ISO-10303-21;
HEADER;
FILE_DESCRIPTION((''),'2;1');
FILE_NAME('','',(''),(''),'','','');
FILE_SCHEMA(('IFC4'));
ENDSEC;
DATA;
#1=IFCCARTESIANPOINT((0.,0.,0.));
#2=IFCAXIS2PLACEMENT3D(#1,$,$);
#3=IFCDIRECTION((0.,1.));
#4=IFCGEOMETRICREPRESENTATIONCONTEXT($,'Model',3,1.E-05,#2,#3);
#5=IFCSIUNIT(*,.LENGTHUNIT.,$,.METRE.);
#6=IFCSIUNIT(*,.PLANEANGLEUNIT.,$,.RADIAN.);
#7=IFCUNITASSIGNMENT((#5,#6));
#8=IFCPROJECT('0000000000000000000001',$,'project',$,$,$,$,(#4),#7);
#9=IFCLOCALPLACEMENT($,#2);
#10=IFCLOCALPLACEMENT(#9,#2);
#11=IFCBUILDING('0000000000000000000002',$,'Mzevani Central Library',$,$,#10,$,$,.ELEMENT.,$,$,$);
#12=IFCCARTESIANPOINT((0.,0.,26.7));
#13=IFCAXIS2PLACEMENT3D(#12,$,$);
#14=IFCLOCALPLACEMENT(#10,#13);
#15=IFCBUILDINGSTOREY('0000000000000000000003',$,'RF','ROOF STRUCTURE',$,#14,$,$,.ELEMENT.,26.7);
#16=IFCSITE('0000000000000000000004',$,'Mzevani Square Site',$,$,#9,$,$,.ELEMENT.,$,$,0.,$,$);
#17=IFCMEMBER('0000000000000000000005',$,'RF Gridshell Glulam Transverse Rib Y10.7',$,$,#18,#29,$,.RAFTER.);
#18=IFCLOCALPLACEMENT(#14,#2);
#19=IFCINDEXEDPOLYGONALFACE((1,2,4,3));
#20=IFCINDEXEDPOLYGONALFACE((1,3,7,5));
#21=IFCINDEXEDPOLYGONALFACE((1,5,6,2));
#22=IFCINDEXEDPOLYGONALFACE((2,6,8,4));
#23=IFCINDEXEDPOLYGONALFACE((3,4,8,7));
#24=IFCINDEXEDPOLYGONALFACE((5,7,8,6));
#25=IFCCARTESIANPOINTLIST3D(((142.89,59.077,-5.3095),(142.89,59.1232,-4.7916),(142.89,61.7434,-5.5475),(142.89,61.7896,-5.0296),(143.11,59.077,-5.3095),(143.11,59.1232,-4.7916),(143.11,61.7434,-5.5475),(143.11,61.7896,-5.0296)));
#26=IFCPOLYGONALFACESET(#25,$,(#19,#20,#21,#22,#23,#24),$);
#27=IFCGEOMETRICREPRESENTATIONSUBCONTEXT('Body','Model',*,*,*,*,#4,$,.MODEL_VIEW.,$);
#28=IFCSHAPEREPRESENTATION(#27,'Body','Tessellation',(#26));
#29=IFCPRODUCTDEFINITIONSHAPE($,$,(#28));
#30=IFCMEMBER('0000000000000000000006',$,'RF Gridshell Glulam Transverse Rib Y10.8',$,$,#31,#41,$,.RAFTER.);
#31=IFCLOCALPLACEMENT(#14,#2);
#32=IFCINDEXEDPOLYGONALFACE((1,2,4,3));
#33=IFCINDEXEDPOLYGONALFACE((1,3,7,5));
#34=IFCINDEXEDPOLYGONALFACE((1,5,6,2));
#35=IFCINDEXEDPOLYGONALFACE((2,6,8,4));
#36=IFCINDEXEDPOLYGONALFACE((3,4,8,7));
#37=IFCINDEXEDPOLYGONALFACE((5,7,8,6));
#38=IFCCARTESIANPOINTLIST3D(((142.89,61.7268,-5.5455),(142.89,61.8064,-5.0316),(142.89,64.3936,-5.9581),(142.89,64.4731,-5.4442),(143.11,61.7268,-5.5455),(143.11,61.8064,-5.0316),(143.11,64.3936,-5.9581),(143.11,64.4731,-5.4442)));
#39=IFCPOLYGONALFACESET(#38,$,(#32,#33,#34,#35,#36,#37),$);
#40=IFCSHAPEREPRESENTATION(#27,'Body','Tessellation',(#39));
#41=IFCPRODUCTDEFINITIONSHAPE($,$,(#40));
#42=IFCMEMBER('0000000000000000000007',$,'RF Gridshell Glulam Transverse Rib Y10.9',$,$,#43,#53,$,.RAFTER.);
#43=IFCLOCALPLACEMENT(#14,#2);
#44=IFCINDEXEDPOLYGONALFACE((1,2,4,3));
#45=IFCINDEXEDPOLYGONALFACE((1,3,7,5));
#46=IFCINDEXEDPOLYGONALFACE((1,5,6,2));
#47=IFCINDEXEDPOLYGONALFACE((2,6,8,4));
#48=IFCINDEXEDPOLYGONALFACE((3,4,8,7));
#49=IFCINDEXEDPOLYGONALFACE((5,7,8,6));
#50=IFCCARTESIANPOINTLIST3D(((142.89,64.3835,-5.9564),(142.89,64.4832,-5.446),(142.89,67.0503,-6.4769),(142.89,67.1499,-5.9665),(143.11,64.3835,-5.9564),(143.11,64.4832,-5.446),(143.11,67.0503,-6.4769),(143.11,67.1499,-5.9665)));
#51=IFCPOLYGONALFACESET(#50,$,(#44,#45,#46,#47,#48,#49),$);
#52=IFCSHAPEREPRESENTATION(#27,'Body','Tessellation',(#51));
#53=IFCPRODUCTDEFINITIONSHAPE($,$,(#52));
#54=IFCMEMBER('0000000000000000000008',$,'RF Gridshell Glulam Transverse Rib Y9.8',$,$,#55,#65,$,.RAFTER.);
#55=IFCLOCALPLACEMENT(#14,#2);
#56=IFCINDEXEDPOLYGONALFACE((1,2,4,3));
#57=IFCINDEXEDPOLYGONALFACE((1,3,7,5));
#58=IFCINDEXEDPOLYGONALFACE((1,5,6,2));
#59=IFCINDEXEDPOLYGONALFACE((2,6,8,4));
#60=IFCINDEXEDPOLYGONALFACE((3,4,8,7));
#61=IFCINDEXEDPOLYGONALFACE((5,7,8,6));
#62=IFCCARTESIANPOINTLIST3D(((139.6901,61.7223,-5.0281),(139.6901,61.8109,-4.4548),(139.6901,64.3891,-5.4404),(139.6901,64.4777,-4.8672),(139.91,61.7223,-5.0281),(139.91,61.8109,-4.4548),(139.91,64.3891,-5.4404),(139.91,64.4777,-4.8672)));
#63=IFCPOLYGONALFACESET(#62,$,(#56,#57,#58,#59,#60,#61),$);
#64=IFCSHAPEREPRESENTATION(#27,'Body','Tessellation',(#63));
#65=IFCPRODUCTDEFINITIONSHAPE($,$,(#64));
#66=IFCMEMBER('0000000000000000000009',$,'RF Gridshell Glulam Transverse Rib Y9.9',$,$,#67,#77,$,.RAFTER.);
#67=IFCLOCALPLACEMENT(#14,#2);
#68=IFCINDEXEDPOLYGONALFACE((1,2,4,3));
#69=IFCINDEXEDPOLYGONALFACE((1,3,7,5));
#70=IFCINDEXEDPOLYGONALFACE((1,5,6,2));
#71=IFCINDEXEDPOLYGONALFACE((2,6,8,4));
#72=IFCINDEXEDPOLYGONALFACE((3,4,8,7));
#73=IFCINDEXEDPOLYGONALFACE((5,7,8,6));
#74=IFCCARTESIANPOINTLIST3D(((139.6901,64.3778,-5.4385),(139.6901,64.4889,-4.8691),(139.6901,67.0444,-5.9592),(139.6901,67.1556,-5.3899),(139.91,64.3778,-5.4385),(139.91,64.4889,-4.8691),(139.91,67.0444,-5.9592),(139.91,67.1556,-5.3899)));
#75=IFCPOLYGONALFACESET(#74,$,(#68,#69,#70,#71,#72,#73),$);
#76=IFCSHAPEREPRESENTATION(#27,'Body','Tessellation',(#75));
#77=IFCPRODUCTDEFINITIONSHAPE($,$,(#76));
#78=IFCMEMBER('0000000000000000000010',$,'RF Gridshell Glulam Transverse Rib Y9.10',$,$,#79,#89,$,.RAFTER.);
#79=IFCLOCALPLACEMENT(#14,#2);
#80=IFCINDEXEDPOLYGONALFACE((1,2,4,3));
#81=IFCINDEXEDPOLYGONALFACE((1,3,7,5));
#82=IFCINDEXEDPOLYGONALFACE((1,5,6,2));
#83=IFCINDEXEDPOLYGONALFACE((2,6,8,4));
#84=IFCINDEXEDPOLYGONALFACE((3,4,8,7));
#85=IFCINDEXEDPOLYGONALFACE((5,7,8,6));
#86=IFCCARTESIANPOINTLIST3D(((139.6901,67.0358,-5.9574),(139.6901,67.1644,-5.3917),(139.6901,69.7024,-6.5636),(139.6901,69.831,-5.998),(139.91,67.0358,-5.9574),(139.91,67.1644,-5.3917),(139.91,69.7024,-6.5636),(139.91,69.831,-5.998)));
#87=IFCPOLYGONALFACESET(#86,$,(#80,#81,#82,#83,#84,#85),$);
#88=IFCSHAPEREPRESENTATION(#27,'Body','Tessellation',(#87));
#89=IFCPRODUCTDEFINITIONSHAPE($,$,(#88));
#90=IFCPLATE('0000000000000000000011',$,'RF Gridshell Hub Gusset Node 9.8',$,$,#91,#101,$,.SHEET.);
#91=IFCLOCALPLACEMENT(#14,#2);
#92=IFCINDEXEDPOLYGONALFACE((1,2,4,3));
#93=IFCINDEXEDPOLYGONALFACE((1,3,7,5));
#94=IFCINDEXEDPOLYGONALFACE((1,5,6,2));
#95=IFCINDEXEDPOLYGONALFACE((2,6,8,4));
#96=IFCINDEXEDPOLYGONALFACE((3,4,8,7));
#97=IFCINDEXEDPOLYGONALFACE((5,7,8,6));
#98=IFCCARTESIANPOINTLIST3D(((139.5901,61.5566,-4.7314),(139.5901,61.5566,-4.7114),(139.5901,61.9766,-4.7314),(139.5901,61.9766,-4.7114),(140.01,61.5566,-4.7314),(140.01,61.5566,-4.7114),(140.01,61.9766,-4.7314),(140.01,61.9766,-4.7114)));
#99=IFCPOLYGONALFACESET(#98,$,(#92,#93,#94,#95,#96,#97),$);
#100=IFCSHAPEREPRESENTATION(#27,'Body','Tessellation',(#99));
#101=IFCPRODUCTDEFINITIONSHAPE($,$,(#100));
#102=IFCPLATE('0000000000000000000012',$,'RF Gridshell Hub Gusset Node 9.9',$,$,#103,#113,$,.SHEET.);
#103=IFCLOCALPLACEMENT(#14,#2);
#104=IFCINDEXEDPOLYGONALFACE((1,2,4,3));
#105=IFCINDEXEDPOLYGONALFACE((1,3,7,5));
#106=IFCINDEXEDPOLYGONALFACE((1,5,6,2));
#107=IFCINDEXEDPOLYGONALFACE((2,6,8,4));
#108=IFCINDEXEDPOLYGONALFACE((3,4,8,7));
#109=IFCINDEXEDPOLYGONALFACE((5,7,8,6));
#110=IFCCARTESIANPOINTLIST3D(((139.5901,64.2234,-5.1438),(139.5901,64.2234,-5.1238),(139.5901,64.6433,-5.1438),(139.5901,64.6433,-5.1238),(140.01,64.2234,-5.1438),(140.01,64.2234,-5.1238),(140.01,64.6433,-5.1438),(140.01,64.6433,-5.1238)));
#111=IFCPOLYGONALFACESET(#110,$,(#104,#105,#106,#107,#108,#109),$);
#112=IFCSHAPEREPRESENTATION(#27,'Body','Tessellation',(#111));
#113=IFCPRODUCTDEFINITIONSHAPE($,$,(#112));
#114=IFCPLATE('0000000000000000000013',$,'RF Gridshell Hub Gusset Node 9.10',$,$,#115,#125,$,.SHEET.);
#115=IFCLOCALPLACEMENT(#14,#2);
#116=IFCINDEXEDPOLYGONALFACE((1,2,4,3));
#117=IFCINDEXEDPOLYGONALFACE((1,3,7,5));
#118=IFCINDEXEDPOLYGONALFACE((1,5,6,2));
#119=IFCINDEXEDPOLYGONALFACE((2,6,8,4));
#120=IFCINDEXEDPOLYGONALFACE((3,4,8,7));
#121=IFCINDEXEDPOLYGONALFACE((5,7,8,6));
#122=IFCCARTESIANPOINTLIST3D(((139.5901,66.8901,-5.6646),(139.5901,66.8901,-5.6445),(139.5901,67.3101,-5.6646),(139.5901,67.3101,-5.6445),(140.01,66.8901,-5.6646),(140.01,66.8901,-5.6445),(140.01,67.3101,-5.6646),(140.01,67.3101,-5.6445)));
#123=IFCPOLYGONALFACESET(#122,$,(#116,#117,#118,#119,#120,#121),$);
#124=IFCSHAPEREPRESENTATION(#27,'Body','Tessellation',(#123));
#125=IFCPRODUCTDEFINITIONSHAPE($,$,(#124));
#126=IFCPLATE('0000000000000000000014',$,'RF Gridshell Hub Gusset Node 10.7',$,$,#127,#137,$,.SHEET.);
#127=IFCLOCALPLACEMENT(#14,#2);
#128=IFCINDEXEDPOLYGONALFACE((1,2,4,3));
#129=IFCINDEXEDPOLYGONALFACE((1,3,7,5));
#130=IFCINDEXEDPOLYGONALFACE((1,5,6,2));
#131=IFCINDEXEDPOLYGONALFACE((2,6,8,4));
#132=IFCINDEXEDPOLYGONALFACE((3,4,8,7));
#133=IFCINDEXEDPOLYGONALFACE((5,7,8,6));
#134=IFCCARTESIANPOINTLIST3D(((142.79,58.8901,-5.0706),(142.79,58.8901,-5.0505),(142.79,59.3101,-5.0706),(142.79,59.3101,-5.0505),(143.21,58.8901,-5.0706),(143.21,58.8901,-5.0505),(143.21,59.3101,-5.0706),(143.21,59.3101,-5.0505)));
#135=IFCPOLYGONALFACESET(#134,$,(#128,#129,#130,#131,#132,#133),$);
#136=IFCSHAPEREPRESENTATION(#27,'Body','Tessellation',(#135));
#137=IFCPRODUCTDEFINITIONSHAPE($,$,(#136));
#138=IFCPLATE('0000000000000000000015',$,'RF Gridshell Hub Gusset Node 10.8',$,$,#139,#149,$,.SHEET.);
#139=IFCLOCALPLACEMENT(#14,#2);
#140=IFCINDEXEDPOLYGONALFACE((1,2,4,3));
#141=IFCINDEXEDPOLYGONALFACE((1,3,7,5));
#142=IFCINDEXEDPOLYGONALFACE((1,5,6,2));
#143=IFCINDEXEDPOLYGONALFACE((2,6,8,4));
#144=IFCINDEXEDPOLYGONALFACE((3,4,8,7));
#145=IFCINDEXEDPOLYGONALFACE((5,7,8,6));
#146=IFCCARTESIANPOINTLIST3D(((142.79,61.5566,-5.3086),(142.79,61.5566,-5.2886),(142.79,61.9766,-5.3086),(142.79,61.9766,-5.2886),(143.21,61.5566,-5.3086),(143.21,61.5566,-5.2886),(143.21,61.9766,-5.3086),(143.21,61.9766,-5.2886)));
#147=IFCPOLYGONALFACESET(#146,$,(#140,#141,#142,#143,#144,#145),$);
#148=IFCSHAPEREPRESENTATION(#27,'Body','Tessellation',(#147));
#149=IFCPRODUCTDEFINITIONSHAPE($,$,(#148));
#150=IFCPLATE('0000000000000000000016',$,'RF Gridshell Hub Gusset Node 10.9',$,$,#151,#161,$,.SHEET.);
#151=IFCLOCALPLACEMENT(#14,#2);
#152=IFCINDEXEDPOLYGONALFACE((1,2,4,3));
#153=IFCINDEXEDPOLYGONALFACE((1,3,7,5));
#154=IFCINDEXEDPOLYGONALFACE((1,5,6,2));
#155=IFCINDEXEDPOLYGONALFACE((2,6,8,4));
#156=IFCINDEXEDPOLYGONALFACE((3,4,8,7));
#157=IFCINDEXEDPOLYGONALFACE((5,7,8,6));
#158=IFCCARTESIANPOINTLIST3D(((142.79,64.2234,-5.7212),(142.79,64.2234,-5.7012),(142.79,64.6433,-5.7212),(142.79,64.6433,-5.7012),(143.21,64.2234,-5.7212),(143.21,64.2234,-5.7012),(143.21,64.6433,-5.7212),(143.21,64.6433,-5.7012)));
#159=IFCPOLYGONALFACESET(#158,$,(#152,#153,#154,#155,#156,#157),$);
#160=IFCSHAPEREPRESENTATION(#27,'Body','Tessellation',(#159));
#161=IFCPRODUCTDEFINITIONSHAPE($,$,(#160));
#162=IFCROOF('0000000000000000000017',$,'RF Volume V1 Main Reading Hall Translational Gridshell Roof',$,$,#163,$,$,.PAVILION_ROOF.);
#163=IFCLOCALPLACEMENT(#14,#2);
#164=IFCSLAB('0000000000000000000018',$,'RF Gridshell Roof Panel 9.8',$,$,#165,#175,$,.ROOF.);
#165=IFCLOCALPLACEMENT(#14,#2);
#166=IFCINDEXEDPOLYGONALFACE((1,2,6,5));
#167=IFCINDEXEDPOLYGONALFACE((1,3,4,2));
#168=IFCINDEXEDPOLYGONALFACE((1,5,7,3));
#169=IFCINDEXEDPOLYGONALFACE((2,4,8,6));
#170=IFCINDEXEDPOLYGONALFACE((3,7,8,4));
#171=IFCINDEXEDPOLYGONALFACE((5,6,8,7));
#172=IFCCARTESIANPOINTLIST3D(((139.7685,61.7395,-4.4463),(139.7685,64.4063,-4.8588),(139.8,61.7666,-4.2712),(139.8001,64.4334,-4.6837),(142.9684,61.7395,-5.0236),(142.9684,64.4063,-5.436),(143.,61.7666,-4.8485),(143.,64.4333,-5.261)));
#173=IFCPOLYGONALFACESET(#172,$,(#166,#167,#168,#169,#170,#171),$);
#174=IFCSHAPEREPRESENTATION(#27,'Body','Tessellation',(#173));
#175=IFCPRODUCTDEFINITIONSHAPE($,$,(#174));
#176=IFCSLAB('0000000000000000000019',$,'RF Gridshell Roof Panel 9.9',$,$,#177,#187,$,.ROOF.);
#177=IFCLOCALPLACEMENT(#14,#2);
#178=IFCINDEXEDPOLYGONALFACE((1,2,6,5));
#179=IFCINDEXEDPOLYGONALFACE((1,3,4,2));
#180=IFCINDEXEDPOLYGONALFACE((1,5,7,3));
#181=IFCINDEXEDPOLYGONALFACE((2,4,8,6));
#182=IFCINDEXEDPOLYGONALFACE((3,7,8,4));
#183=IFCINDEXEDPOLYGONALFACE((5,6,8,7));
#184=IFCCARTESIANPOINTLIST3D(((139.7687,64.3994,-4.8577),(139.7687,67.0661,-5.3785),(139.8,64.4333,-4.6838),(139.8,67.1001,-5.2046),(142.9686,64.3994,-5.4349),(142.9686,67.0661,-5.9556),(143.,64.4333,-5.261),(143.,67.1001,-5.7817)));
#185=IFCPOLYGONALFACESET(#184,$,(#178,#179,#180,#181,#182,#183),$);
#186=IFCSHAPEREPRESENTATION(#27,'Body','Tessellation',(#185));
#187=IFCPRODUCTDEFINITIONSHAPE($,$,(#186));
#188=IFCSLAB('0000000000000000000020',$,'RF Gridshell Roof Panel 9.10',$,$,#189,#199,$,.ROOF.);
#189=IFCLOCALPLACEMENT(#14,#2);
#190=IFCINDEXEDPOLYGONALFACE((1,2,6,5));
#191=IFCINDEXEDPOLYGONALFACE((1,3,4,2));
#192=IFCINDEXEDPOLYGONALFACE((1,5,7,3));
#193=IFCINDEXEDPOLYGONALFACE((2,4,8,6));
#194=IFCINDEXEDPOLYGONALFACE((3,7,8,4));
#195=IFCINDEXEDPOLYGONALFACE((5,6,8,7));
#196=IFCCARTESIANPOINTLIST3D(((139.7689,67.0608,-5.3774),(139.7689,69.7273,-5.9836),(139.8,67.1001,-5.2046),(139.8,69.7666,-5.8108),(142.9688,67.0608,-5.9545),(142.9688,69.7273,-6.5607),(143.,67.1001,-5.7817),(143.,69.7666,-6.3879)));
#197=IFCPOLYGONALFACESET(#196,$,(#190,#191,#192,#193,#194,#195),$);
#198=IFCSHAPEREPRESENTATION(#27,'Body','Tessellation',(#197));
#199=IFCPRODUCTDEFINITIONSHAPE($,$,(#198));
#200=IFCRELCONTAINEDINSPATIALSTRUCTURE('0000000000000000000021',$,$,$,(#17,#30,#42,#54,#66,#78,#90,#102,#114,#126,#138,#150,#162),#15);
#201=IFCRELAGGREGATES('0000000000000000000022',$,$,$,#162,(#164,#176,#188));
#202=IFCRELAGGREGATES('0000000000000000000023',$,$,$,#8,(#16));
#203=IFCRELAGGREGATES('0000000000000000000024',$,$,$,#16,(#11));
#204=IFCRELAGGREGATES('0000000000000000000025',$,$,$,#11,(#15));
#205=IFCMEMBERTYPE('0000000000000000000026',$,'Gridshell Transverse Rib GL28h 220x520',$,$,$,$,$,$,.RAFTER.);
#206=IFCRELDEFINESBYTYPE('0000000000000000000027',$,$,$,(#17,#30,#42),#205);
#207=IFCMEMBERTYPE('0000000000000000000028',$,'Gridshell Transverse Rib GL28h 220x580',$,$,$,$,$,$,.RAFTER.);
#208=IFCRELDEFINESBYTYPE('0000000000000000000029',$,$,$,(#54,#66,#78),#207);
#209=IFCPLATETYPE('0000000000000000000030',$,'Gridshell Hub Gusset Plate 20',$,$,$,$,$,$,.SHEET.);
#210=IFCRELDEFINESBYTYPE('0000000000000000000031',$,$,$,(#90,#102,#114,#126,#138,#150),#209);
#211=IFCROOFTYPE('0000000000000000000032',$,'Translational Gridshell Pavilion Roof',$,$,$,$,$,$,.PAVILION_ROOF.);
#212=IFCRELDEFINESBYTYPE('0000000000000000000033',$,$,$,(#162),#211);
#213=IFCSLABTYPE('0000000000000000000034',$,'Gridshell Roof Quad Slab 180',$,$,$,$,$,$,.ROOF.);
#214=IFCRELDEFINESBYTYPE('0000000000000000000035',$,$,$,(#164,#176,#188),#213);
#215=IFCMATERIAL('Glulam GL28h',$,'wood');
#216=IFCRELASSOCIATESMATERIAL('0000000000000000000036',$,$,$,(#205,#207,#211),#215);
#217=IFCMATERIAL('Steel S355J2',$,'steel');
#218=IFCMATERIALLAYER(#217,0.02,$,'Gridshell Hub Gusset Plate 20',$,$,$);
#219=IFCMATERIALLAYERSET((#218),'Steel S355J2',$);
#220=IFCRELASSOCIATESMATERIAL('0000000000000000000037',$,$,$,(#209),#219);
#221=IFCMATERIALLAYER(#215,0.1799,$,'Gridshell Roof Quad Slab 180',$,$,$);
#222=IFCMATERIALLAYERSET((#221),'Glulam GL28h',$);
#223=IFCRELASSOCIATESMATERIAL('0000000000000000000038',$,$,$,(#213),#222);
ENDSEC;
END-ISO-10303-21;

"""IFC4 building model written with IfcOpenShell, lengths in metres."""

from ifc_helpers import new_model, si_unit, direction, frame, origin, origin_2d, place, context, subcontext, project, spatial, polyline, rectangle, outline, extrude, material, layer, layer_set, material_profile, profile_set, type_object, element, aggregate, save


model = new_model("IFC4")

# Units and contexts
model_context = context("Model", 3, precision=1e-05, world=origin(), true_north=direction((0.0, 1.0)))
body_context = subcontext(model_context, "Body", "Model", "MODEL_VIEW")
ifc_project = project(units=[si_unit("LENGTHUNIT", "METRE"), si_unit("PLANEANGLEUNIT", "RADIAN")], contexts=[model_context])

# Site, building, storey
site_placement = place(None, origin())
site = spatial("IfcSite", under=ifc_project, at=site_placement, Name="Mzevani Square Site", CompositionType="ELEMENT", RefElevation=0.0)
building_placement = place(site_placement, origin())
building = spatial("IfcBuilding", under=site, at=building_placement, Name="Mzevani Central Library", CompositionType="ELEMENT")
storey_placement = place(building_placement, frame((0.0, 0.0, 26.7)))
storey = spatial("IfcBuildingStorey", under=building, at=storey_placement, Name="RF", Description="ROOF STRUCTURE", CompositionType="ELEMENT", Elevation=26.7)

# Members
ifc_material_1 = material(Name="Steel S355J2", Category="steel")
ifc_material_2 = material(Name="Glulam GL28h", Category="wood")
ifc_material_profile_1 = material_profile(ifc_material_2, rectangle(XDim=0.22, YDim=0.52, at=origin_2d()), Name="GL28h 220x520")
ifc_profile_set_1 = profile_set([ifc_material_profile_1], Name="Glulam GL28h")
member_type_1 = type_object("IfcMemberType", Name="Gridshell Transverse Rib GL28h 220x520", PredefinedType="RAFTER", material=ifc_profile_set_1)
member_1_placement = place(storey_placement, frame((143.0, 59.1001, -5.0505), z_axis=(0.0, 0.996039, -0.088916), x_axis=(-1.0, 0.0, 0.0)))
element("IfcMember", 1, at=member_1_placement, inside=storey, type_object=member_type_1, Name="RF Gridshell Glulam Transverse Rib Y10.7", PredefinedType="RAFTER", context=body_context, shape_type="SweptSolid", body=[
    extrude(rectangle(XDim=0.22, YDim=0.52, at=origin_2d()), origin(), (0.0, 0.0, 1.0), 2.677),
])
member_2_placement = place(storey_placement, frame((143.0, 61.7666, -5.2886), z_axis=(0.0, 0.988242, -0.1529), x_axis=(-1.0, 0.0, 0.0)))
element("IfcMember", 2, at=member_2_placement, inside=storey, type_object=member_type_1, Name="RF Gridshell Glulam Transverse Rib Y10.8", PredefinedType="RAFTER", context=body_context, shape_type="SweptSolid", body=[
    extrude(rectangle(XDim=0.22, YDim=0.52, at=origin_2d()), origin(), (0.0, 0.0, 1.0), 2.6985),
])
member_3_placement = place(storey_placement, frame((143.0, 64.4333, -5.7012), z_axis=(0.0, 0.981479, -0.191569), x_axis=(-1.0, 0.0, 0.0)))
element("IfcMember", 3, at=member_3_placement, inside=storey, type_object=member_type_1, Name="RF Gridshell Glulam Transverse Rib Y10.9", PredefinedType="RAFTER", context=body_context, shape_type="SweptSolid", body=[
    extrude(rectangle(XDim=0.22, YDim=0.52, at=origin_2d()), origin(), (0.0, 0.0, 1.0), 2.717),
])
ifc_material_profile_2 = material_profile(ifc_material_2, rectangle(XDim=0.22, YDim=0.5801, at=origin_2d()), Name="GL28h 220x580")
ifc_profile_set_2 = profile_set([ifc_material_profile_2], Name="Glulam GL28h")
member_type_2 = type_object("IfcMemberType", Name="Gridshell Transverse Rib GL28h 220x580", PredefinedType="RAFTER", material=ifc_profile_set_2)
member_4_placement = place(storey_placement, frame((139.8, 61.7666, -4.7415), z_axis=(0.0, 0.988255, -0.152812), x_axis=(-1.0, 0.0, 0.0)))
element("IfcMember", 4, at=member_4_placement, inside=storey, type_object=member_type_2, Name="RF Gridshell Glulam Transverse Rib Y9.8", PredefinedType="RAFTER", context=body_context, shape_type="SweptSolid", body=[
    extrude(rectangle(XDim=0.22, YDim=0.5801, at=origin_2d()), origin(), (0.0, 0.0, 1.0), 2.6985),
])
member_5_placement = place(storey_placement, frame((139.8, 64.4333, -5.1538), z_axis=(0.0, 0.981462, -0.191656), x_axis=(-1.0, 0.0, 0.0)))
element("IfcMember", 5, at=member_5_placement, inside=storey, type_object=member_type_2, Name="RF Gridshell Glulam Transverse Rib Y9.9", PredefinedType="RAFTER", context=body_context, shape_type="SweptSolid", body=[
    extrude(rectangle(XDim=0.22, YDim=0.5801, at=origin_2d()), origin(), (0.0, 0.0, 1.0), 2.717),
])
member_6_placement = place(storey_placement, frame((139.8, 67.1001, -5.6746), z_axis=(0.0, 0.975119, -0.221683), x_axis=(-1.0, 0.0, 0.0)))
element("IfcMember", 6, at=member_6_placement, inside=storey, type_object=member_type_2, Name="RF Gridshell Glulam Transverse Rib Y9.10", PredefinedType="RAFTER", context=body_context, shape_type="SweptSolid", body=[
    extrude(rectangle(XDim=0.22, YDim=0.5801, at=origin_2d()), origin(), (0.0, 0.0, 1.0), 2.7346),
])

# Plates
ifc_layer_1 = layer(ifc_material_1, 0.02, Name="Gridshell Hub Gusset Plate 20")
ifc_layer_set_1 = layer_set([ifc_layer_1], Name="Steel S355J2")
plate_type = type_object("IfcPlateType", Name="Gridshell Hub Gusset Plate 20", PredefinedType="SHEET", material=ifc_layer_set_1)
for number, where, z_axis, x_axis, name in (
    (7, (139.8, 61.7666, -4.7314), (0.0, 0.0, 1.0), (1.0, 0.0, 0.0), "RF Gridshell Hub Gusset Node 9.8"),
    (8, (139.8, 64.4333, -5.1438), (0.0, 0.0, 1.0), (1.0, 0.0, 0.0), "RF Gridshell Hub Gusset Node 9.9"),
    (9, (139.8, 67.1001, -5.6646), (0.0, 0.0, 1.0), (1.0, 0.0, 0.0), "RF Gridshell Hub Gusset Node 9.10"),
    (10, (143.0, 59.1001, -5.0706), (0.0, 0.0, 1.0), (1.0, 0.0, 0.0), "RF Gridshell Hub Gusset Node 10.7"),
    (11, (143.0, 61.7666, -5.3086), (0.0, 0.0, 1.0), (1.0, 0.0, 0.0), "RF Gridshell Hub Gusset Node 10.8"),
    (12, (143.0, 64.4333, -5.7212), (0.0, 0.0, 1.0), (1.0, 0.0, 0.0), "RF Gridshell Hub Gusset Node 10.9"),
):
    element("IfcPlate", number, at=place(storey_placement, frame(where, z_axis=z_axis, x_axis=x_axis)), inside=storey, type_object=plate_type, Name=name, PredefinedType="SHEET", context=body_context, shape_type="SweptSolid", body=[
        extrude(rectangle(XDim=0.4199, YDim=0.4199, at=origin_2d()), origin(), (0.0, 0.0, 1.0), 0.02),
    ])

# Roof, slabs
roof_type = type_object("IfcRoofType", Name="Translational Gridshell Pavilion Roof", PredefinedType="PAVILION_ROOF", material=ifc_material_2)
roof_placement = place(storey_placement, origin())
roof = element("IfcRoof", 13, at=roof_placement, inside=storey, type_object=roof_type, Name="RF Volume V1 Main Reading Hall Translational Gridshell Roof", PredefinedType="PAVILION_ROOF")
ifc_layer_2 = layer(ifc_material_2, 0.1799, Name="Gridshell Roof Quad Slab 180")
ifc_layer_set_2 = layer_set([ifc_layer_2], Name="Glulam GL28h")
slab_type = type_object("IfcSlabType", Name="Gridshell Roof Quad Slab 180", PredefinedType="ROOF", material=ifc_layer_set_2)
slab_1_placement = place(storey_placement, frame((139.8, 61.7666, -4.2712), z_axis=(0.175512, 0.150483, 0.972908), x_axis=(0.984115, 0.000005, -0.177535)))
slab_1 = element("IfcSlab", 14, at=slab_1_placement, type_object=slab_type, Name="RF Gridshell Roof Panel 9.8", PredefinedType="ROOF", context=body_context, shape_type="SweptSolid", body=[
    extrude(outline(polyline([(0.0, 0.0), (3.2516, 0.0), (3.3248, 2.6974), (0.0733, 2.6975), (0.0, 0.0)])), origin(), (0.0, 0.0, -1.0), 0.1799),
])
slab_2_placement = place(storey_placement, frame((139.8, 64.4333, -4.6838), z_axis=(0.174308, 0.188722, 0.966437), x_axis=(0.984121, 0.0, -0.177498)))
slab_2 = element("IfcSlab", 15, at=slab_2_placement, type_object=slab_type, Name="RF Gridshell Roof Panel 9.9", PredefinedType="ROOF", context=body_context, shape_type="SweptSolid", body=[
    extrude(outline(polyline([(0.0, 0.0), (3.2516, 0.0), (3.344, 2.7155), (0.0924, 2.7155), (0.0, 0.0)])), origin(), (0.0, 0.0, -1.0), 0.1799),
])
slab_3_placement = place(storey_placement, frame((139.8, 67.1001, -5.2046), z_axis=(0.173216, 0.218332, 0.960379), x_axis=(0.984121, 0.0, -0.177498)))
slab_3 = element("IfcSlab", 16, at=slab_3_placement, type_object=slab_type, Name="RF Gridshell Roof Panel 9.10", PredefinedType="ROOF", context=body_context, shape_type="SweptSolid", body=[
    extrude(outline(polyline([(0.0, 0.0), (3.2516, 0.0), (3.3592, 2.7324), (0.1076, 2.7324), (0.0, 0.0)])), origin(), (0.0, 0.0, -1.0), 0.1799),
])
aggregate(roof, [slab_1, slab_2, slab_3])

save(model, "model.ifc")
